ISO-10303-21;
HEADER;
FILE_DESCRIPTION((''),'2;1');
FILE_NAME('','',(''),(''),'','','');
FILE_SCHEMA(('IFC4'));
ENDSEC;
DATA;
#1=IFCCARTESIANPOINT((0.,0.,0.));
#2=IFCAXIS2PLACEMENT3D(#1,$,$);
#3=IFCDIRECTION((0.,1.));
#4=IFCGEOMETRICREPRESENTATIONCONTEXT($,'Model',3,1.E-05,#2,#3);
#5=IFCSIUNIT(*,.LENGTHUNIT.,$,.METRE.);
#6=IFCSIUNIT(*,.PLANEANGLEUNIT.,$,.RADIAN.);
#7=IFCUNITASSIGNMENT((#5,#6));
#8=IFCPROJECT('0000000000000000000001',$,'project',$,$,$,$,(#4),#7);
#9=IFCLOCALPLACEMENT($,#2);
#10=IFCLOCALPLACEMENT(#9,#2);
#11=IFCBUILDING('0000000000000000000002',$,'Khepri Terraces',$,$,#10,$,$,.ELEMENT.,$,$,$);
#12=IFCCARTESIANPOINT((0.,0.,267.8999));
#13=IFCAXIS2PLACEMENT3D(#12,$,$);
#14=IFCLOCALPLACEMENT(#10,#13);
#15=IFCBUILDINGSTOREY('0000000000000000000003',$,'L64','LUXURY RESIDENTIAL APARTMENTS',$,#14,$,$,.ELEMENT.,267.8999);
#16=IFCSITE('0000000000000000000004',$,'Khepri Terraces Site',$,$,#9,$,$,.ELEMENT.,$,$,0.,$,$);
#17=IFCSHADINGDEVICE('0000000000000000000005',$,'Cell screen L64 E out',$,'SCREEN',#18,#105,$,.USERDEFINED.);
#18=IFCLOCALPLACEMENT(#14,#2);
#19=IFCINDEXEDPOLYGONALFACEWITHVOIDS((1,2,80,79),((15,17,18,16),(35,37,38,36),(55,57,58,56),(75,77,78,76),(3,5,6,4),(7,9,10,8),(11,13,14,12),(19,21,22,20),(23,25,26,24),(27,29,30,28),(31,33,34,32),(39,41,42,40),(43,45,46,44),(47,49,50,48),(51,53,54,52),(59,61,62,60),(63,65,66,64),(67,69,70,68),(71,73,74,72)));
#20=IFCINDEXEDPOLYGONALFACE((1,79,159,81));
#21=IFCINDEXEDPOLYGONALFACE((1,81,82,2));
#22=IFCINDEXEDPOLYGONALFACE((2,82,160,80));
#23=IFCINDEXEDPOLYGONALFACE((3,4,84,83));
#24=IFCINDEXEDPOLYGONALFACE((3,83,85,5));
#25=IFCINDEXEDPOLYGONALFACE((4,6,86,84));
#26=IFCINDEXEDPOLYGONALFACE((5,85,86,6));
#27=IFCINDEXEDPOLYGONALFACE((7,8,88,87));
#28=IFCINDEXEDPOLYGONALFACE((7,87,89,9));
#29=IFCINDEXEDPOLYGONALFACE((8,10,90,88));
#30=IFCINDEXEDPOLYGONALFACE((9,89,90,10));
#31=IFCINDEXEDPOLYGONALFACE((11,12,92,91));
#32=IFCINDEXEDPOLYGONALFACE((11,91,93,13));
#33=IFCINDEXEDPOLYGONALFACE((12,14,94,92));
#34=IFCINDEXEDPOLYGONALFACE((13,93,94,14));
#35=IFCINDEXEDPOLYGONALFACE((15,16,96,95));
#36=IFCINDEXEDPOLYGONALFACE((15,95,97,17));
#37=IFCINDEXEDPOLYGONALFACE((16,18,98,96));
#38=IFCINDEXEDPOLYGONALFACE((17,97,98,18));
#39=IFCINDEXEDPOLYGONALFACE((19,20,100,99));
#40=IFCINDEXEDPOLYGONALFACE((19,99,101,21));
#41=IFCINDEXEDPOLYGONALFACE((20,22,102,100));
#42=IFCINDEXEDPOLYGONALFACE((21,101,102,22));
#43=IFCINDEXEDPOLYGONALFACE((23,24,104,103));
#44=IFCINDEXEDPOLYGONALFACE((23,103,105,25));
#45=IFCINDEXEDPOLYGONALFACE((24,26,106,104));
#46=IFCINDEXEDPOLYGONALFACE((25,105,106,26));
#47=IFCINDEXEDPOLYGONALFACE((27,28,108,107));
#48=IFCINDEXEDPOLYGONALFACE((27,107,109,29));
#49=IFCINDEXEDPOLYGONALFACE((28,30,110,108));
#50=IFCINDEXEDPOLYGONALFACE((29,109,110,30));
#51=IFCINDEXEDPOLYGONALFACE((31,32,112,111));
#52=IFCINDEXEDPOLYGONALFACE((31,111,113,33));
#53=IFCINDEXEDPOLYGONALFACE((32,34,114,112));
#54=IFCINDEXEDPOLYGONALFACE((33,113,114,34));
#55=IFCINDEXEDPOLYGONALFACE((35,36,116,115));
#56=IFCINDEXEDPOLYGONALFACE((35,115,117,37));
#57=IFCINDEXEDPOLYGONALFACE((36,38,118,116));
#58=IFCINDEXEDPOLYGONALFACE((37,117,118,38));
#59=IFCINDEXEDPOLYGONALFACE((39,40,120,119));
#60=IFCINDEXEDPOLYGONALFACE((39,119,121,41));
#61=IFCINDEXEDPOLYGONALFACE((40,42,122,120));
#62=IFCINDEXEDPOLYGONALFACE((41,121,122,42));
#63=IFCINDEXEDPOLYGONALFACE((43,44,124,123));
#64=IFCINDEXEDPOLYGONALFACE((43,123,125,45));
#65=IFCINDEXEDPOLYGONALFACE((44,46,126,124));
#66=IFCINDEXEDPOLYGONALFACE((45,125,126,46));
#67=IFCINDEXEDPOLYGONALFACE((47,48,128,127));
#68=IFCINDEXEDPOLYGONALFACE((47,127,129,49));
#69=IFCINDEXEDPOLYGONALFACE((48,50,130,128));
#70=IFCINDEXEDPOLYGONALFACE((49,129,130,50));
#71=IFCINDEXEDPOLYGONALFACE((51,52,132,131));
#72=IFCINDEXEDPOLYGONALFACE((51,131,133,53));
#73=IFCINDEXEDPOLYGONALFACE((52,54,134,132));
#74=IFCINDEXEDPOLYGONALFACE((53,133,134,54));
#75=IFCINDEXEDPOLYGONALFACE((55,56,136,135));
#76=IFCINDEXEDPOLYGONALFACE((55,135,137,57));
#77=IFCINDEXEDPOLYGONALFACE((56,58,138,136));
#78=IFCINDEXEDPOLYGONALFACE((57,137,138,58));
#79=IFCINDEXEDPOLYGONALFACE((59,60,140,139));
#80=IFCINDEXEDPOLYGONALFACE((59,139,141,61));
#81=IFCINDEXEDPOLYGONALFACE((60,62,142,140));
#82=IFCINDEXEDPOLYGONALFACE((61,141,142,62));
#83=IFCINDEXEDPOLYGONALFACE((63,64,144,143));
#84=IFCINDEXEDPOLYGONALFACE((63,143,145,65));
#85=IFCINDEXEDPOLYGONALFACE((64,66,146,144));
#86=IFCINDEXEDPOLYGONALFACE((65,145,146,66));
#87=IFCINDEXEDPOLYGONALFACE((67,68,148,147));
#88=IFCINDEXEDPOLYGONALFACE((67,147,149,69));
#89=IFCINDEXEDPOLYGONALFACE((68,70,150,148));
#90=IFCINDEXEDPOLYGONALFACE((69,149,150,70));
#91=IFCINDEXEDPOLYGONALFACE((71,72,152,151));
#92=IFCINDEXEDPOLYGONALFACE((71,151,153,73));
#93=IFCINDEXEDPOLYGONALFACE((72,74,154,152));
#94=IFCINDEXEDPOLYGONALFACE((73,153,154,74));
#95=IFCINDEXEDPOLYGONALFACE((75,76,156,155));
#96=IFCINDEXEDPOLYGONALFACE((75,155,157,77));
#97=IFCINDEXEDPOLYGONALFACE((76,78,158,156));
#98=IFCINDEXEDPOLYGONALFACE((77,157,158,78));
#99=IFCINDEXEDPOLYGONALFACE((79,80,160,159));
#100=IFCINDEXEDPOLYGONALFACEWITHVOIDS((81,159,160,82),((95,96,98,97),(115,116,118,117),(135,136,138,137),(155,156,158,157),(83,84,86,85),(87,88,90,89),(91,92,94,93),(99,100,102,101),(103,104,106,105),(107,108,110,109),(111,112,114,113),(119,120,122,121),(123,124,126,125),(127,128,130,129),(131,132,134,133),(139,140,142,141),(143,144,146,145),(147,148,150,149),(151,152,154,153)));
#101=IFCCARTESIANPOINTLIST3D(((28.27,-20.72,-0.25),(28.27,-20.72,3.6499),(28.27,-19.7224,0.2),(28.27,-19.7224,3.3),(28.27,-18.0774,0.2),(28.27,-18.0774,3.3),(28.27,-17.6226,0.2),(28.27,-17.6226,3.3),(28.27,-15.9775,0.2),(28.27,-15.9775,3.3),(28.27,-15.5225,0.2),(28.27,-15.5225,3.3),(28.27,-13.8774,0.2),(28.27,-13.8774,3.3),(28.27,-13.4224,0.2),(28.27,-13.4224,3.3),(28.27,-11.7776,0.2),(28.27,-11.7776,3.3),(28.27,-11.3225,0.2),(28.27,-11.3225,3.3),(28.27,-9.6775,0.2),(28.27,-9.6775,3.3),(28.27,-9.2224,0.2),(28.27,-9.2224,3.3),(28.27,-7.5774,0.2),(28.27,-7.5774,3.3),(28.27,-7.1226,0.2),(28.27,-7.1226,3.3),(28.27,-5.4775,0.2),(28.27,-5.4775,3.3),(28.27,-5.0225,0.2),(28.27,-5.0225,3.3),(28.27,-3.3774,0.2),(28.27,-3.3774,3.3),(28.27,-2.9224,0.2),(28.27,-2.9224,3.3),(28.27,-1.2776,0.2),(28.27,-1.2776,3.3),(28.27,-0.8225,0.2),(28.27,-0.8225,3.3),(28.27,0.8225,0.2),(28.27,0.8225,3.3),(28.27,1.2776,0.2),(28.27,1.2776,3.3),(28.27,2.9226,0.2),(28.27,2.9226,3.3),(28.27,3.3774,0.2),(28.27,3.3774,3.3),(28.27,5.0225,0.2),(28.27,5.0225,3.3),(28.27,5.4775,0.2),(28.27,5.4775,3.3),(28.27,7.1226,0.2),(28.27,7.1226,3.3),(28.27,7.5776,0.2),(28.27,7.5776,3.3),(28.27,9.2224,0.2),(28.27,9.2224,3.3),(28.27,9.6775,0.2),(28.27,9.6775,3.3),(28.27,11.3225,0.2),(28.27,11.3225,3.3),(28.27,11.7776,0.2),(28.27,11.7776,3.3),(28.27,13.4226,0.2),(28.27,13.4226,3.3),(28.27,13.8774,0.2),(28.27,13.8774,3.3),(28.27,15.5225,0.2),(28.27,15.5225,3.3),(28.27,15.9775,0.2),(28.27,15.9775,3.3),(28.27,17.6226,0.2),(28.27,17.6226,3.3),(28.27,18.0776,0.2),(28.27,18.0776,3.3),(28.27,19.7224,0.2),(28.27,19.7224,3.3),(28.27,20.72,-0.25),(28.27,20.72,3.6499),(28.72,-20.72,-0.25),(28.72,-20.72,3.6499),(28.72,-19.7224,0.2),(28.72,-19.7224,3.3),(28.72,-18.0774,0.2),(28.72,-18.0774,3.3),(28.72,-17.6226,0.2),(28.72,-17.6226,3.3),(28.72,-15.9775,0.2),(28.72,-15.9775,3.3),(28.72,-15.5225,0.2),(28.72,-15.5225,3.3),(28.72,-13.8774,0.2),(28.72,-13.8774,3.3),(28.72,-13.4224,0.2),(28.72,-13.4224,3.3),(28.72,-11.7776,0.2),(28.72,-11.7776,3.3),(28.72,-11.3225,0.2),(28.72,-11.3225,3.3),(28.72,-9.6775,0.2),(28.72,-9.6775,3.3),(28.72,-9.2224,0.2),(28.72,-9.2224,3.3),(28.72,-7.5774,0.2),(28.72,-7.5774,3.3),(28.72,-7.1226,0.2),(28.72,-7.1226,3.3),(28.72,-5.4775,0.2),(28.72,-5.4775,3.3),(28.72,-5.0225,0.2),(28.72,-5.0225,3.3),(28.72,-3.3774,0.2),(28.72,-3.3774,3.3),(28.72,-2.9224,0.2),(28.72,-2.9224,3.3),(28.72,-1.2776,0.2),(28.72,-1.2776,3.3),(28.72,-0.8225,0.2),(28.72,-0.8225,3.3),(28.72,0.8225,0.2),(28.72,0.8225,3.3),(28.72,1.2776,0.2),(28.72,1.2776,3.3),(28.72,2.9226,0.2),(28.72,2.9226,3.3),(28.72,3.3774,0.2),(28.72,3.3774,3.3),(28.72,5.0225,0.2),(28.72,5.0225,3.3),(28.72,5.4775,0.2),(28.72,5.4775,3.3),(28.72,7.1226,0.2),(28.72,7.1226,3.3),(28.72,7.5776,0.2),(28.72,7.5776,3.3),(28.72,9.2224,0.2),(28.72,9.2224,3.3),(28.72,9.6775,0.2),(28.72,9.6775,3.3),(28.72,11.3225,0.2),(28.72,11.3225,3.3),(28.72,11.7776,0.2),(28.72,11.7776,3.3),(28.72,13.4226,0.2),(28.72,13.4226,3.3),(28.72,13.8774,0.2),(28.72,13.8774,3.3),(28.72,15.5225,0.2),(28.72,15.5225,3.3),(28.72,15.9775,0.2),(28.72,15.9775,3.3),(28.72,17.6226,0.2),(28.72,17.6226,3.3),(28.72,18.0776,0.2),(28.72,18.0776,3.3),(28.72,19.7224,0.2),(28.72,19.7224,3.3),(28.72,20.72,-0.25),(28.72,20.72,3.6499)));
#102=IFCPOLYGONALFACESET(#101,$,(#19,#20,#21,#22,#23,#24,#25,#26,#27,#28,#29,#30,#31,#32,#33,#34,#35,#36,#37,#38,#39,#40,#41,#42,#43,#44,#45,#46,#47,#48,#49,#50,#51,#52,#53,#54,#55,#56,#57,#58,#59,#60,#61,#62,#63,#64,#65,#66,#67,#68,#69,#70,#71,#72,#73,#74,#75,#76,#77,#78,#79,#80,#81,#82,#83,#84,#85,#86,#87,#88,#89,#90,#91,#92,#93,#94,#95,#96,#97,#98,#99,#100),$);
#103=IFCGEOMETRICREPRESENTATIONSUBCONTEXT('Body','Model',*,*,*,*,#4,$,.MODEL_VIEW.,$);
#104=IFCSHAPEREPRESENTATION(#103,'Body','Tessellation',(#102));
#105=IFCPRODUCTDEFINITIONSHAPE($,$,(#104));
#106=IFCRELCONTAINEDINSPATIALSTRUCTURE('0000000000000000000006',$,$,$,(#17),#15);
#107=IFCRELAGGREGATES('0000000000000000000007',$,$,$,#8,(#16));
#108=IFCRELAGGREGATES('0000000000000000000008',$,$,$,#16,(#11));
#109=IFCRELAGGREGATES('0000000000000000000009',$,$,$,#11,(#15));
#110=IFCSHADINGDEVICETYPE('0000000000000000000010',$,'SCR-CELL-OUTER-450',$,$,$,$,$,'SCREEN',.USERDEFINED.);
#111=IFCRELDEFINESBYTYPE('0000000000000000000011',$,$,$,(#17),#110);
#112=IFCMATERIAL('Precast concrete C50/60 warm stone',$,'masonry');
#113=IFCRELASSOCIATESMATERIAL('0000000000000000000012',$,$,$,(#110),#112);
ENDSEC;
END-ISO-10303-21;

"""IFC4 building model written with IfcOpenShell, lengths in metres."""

from ifc_helpers import new_model, si_unit, direction, frame, origin, place, context, subcontext, project, spatial, polyline, outline, extrude, material, type_object, element, save


model = new_model("IFC4")

# Units and contexts
model_context = context("Model", 3, precision=1e-05, world=origin(), true_north=direction((0.0, 1.0)))
body_context = subcontext(model_context, "Body", "Model", "MODEL_VIEW")
ifc_project = project(units=[si_unit("LENGTHUNIT", "METRE"), si_unit("PLANEANGLEUNIT", "RADIAN")], contexts=[model_context])

# Site, building, storey
site_placement = place(None, origin())
site = spatial("IfcSite", under=ifc_project, at=site_placement, Name="Khepri Terraces Site", CompositionType="ELEMENT", RefElevation=0.0)
building_placement = place(site_placement, origin())
building = spatial("IfcBuilding", under=site, at=building_placement, Name="Khepri Terraces", CompositionType="ELEMENT")
storey_placement = place(building_placement, frame((0.0, 0.0, 267.8999)))
storey = spatial("IfcBuildingStorey", under=building, at=storey_placement, Name="L64", Description="LUXURY RESIDENTIAL APARTMENTS", CompositionType="ELEMENT", Elevation=267.8999)

# Shared definitions
ifc_material_1 = material(Name="Precast concrete C50/60 warm stone", Category="masonry")

# Shading device
shading_device_type_1 = type_object("IfcShadingDeviceType", Name="SCR-CELL-OUTER-450", ElementType="SCREEN", PredefinedType="USERDEFINED", material=ifc_material_1)
shading_device_1_placement = place(storey_placement, frame((28.27, -20.72, -0.25), z_axis=(1.0, 0.0, 0.0), x_axis=(0.0, 1.0, 0.0)))
element("IfcShadingDevice", 1, at=shading_device_1_placement, inside=storey, type_object=shading_device_type_1, Name="Cell screen L64 E out", ObjectType="SCREEN", PredefinedType="USERDEFINED", context=body_context, shape_type="SweptSolid", body=[
    extrude(outline(polyline([(0.0, 0.0), (41.4399, 0.0), (41.4399, 3.8999), (0.0, 3.8999), (0.0, 0.0)]), holes=[polyline([(0.9976, 0.45), (2.6426, 0.45), (2.6426, 3.55), (0.9976, 3.55), (0.9976, 0.45)]), polyline([(3.0974, 0.45), (4.7424, 0.45), (4.7424, 3.55), (3.0974, 3.55), (3.0974, 0.45)]), polyline([(5.1975, 0.45), (6.8425, 0.45), (6.8425, 3.55), (5.1975, 3.55), (5.1975, 0.45)]), polyline([(7.2976, 0.45), (8.9424, 0.45), (8.9424, 3.55), (7.2976, 3.55), (7.2976, 0.45)]), polyline([(9.3975, 0.45), (11.0425, 0.45), (11.0425, 3.55), (9.3975, 3.55), (9.3975, 0.45)]), polyline([(11.4976, 0.45), (13.1426, 0.45), (13.1426, 3.55), (11.4976, 3.55), (11.4976, 0.45)]), polyline([(13.5974, 0.45), (15.2424, 0.45), (15.2424, 3.55), (13.5974, 3.55), (13.5974, 0.45)]), polyline([(15.6975, 0.45), (17.3425, 0.45), (17.3425, 3.55), (15.6975, 3.55), (15.6975, 0.45)]), polyline([(17.7976, 0.45), (19.4424, 0.45), (19.4424, 3.55), (17.7976, 3.55), (17.7976, 0.45)]), polyline([(19.8975, 0.45), (21.5425, 0.45), (21.5425, 3.55), (19.8975, 3.55), (19.8975, 0.45)]), polyline([(21.9976, 0.45), (23.6426, 0.45), (23.6426, 3.55), (21.9976, 3.55), (21.9976, 0.45)]), polyline([(24.0974, 0.45), (25.7424, 0.45), (25.7424, 3.55), (24.0974, 3.55), (24.0974, 0.45)]), polyline([(26.1975, 0.45), (27.8425, 0.45), (27.8425, 3.55), (26.1975, 3.55), (26.1975, 0.45)]), polyline([(28.2976, 0.45), (29.9424, 0.45), (29.9424, 3.55), (28.2976, 3.55), (28.2976, 0.45)]), polyline([(30.3975, 0.45), (32.0425, 0.45), (32.0425, 3.55), (30.3975, 3.55), (30.3975, 0.45)]), polyline([(32.4976, 0.45), (34.1426, 0.45), (34.1426, 3.55), (32.4976, 3.55), (32.4976, 0.45)]), polyline([(34.5974, 0.45), (36.2424, 0.45), (36.2424, 3.55), (34.5974, 3.55), (34.5974, 0.45)]), polyline([(36.6975, 0.45), (38.3425, 0.45), (38.3425, 3.55), (36.6975, 3.55), (36.6975, 0.45)]), polyline([(38.7976, 0.45), (40.4424, 0.45), (40.4424, 3.55), (38.7976, 3.55), (38.7976, 0.45)])]), origin(), (0.0, 0.0, 1.0), 0.45),
])

save(model, "model.ifc")
